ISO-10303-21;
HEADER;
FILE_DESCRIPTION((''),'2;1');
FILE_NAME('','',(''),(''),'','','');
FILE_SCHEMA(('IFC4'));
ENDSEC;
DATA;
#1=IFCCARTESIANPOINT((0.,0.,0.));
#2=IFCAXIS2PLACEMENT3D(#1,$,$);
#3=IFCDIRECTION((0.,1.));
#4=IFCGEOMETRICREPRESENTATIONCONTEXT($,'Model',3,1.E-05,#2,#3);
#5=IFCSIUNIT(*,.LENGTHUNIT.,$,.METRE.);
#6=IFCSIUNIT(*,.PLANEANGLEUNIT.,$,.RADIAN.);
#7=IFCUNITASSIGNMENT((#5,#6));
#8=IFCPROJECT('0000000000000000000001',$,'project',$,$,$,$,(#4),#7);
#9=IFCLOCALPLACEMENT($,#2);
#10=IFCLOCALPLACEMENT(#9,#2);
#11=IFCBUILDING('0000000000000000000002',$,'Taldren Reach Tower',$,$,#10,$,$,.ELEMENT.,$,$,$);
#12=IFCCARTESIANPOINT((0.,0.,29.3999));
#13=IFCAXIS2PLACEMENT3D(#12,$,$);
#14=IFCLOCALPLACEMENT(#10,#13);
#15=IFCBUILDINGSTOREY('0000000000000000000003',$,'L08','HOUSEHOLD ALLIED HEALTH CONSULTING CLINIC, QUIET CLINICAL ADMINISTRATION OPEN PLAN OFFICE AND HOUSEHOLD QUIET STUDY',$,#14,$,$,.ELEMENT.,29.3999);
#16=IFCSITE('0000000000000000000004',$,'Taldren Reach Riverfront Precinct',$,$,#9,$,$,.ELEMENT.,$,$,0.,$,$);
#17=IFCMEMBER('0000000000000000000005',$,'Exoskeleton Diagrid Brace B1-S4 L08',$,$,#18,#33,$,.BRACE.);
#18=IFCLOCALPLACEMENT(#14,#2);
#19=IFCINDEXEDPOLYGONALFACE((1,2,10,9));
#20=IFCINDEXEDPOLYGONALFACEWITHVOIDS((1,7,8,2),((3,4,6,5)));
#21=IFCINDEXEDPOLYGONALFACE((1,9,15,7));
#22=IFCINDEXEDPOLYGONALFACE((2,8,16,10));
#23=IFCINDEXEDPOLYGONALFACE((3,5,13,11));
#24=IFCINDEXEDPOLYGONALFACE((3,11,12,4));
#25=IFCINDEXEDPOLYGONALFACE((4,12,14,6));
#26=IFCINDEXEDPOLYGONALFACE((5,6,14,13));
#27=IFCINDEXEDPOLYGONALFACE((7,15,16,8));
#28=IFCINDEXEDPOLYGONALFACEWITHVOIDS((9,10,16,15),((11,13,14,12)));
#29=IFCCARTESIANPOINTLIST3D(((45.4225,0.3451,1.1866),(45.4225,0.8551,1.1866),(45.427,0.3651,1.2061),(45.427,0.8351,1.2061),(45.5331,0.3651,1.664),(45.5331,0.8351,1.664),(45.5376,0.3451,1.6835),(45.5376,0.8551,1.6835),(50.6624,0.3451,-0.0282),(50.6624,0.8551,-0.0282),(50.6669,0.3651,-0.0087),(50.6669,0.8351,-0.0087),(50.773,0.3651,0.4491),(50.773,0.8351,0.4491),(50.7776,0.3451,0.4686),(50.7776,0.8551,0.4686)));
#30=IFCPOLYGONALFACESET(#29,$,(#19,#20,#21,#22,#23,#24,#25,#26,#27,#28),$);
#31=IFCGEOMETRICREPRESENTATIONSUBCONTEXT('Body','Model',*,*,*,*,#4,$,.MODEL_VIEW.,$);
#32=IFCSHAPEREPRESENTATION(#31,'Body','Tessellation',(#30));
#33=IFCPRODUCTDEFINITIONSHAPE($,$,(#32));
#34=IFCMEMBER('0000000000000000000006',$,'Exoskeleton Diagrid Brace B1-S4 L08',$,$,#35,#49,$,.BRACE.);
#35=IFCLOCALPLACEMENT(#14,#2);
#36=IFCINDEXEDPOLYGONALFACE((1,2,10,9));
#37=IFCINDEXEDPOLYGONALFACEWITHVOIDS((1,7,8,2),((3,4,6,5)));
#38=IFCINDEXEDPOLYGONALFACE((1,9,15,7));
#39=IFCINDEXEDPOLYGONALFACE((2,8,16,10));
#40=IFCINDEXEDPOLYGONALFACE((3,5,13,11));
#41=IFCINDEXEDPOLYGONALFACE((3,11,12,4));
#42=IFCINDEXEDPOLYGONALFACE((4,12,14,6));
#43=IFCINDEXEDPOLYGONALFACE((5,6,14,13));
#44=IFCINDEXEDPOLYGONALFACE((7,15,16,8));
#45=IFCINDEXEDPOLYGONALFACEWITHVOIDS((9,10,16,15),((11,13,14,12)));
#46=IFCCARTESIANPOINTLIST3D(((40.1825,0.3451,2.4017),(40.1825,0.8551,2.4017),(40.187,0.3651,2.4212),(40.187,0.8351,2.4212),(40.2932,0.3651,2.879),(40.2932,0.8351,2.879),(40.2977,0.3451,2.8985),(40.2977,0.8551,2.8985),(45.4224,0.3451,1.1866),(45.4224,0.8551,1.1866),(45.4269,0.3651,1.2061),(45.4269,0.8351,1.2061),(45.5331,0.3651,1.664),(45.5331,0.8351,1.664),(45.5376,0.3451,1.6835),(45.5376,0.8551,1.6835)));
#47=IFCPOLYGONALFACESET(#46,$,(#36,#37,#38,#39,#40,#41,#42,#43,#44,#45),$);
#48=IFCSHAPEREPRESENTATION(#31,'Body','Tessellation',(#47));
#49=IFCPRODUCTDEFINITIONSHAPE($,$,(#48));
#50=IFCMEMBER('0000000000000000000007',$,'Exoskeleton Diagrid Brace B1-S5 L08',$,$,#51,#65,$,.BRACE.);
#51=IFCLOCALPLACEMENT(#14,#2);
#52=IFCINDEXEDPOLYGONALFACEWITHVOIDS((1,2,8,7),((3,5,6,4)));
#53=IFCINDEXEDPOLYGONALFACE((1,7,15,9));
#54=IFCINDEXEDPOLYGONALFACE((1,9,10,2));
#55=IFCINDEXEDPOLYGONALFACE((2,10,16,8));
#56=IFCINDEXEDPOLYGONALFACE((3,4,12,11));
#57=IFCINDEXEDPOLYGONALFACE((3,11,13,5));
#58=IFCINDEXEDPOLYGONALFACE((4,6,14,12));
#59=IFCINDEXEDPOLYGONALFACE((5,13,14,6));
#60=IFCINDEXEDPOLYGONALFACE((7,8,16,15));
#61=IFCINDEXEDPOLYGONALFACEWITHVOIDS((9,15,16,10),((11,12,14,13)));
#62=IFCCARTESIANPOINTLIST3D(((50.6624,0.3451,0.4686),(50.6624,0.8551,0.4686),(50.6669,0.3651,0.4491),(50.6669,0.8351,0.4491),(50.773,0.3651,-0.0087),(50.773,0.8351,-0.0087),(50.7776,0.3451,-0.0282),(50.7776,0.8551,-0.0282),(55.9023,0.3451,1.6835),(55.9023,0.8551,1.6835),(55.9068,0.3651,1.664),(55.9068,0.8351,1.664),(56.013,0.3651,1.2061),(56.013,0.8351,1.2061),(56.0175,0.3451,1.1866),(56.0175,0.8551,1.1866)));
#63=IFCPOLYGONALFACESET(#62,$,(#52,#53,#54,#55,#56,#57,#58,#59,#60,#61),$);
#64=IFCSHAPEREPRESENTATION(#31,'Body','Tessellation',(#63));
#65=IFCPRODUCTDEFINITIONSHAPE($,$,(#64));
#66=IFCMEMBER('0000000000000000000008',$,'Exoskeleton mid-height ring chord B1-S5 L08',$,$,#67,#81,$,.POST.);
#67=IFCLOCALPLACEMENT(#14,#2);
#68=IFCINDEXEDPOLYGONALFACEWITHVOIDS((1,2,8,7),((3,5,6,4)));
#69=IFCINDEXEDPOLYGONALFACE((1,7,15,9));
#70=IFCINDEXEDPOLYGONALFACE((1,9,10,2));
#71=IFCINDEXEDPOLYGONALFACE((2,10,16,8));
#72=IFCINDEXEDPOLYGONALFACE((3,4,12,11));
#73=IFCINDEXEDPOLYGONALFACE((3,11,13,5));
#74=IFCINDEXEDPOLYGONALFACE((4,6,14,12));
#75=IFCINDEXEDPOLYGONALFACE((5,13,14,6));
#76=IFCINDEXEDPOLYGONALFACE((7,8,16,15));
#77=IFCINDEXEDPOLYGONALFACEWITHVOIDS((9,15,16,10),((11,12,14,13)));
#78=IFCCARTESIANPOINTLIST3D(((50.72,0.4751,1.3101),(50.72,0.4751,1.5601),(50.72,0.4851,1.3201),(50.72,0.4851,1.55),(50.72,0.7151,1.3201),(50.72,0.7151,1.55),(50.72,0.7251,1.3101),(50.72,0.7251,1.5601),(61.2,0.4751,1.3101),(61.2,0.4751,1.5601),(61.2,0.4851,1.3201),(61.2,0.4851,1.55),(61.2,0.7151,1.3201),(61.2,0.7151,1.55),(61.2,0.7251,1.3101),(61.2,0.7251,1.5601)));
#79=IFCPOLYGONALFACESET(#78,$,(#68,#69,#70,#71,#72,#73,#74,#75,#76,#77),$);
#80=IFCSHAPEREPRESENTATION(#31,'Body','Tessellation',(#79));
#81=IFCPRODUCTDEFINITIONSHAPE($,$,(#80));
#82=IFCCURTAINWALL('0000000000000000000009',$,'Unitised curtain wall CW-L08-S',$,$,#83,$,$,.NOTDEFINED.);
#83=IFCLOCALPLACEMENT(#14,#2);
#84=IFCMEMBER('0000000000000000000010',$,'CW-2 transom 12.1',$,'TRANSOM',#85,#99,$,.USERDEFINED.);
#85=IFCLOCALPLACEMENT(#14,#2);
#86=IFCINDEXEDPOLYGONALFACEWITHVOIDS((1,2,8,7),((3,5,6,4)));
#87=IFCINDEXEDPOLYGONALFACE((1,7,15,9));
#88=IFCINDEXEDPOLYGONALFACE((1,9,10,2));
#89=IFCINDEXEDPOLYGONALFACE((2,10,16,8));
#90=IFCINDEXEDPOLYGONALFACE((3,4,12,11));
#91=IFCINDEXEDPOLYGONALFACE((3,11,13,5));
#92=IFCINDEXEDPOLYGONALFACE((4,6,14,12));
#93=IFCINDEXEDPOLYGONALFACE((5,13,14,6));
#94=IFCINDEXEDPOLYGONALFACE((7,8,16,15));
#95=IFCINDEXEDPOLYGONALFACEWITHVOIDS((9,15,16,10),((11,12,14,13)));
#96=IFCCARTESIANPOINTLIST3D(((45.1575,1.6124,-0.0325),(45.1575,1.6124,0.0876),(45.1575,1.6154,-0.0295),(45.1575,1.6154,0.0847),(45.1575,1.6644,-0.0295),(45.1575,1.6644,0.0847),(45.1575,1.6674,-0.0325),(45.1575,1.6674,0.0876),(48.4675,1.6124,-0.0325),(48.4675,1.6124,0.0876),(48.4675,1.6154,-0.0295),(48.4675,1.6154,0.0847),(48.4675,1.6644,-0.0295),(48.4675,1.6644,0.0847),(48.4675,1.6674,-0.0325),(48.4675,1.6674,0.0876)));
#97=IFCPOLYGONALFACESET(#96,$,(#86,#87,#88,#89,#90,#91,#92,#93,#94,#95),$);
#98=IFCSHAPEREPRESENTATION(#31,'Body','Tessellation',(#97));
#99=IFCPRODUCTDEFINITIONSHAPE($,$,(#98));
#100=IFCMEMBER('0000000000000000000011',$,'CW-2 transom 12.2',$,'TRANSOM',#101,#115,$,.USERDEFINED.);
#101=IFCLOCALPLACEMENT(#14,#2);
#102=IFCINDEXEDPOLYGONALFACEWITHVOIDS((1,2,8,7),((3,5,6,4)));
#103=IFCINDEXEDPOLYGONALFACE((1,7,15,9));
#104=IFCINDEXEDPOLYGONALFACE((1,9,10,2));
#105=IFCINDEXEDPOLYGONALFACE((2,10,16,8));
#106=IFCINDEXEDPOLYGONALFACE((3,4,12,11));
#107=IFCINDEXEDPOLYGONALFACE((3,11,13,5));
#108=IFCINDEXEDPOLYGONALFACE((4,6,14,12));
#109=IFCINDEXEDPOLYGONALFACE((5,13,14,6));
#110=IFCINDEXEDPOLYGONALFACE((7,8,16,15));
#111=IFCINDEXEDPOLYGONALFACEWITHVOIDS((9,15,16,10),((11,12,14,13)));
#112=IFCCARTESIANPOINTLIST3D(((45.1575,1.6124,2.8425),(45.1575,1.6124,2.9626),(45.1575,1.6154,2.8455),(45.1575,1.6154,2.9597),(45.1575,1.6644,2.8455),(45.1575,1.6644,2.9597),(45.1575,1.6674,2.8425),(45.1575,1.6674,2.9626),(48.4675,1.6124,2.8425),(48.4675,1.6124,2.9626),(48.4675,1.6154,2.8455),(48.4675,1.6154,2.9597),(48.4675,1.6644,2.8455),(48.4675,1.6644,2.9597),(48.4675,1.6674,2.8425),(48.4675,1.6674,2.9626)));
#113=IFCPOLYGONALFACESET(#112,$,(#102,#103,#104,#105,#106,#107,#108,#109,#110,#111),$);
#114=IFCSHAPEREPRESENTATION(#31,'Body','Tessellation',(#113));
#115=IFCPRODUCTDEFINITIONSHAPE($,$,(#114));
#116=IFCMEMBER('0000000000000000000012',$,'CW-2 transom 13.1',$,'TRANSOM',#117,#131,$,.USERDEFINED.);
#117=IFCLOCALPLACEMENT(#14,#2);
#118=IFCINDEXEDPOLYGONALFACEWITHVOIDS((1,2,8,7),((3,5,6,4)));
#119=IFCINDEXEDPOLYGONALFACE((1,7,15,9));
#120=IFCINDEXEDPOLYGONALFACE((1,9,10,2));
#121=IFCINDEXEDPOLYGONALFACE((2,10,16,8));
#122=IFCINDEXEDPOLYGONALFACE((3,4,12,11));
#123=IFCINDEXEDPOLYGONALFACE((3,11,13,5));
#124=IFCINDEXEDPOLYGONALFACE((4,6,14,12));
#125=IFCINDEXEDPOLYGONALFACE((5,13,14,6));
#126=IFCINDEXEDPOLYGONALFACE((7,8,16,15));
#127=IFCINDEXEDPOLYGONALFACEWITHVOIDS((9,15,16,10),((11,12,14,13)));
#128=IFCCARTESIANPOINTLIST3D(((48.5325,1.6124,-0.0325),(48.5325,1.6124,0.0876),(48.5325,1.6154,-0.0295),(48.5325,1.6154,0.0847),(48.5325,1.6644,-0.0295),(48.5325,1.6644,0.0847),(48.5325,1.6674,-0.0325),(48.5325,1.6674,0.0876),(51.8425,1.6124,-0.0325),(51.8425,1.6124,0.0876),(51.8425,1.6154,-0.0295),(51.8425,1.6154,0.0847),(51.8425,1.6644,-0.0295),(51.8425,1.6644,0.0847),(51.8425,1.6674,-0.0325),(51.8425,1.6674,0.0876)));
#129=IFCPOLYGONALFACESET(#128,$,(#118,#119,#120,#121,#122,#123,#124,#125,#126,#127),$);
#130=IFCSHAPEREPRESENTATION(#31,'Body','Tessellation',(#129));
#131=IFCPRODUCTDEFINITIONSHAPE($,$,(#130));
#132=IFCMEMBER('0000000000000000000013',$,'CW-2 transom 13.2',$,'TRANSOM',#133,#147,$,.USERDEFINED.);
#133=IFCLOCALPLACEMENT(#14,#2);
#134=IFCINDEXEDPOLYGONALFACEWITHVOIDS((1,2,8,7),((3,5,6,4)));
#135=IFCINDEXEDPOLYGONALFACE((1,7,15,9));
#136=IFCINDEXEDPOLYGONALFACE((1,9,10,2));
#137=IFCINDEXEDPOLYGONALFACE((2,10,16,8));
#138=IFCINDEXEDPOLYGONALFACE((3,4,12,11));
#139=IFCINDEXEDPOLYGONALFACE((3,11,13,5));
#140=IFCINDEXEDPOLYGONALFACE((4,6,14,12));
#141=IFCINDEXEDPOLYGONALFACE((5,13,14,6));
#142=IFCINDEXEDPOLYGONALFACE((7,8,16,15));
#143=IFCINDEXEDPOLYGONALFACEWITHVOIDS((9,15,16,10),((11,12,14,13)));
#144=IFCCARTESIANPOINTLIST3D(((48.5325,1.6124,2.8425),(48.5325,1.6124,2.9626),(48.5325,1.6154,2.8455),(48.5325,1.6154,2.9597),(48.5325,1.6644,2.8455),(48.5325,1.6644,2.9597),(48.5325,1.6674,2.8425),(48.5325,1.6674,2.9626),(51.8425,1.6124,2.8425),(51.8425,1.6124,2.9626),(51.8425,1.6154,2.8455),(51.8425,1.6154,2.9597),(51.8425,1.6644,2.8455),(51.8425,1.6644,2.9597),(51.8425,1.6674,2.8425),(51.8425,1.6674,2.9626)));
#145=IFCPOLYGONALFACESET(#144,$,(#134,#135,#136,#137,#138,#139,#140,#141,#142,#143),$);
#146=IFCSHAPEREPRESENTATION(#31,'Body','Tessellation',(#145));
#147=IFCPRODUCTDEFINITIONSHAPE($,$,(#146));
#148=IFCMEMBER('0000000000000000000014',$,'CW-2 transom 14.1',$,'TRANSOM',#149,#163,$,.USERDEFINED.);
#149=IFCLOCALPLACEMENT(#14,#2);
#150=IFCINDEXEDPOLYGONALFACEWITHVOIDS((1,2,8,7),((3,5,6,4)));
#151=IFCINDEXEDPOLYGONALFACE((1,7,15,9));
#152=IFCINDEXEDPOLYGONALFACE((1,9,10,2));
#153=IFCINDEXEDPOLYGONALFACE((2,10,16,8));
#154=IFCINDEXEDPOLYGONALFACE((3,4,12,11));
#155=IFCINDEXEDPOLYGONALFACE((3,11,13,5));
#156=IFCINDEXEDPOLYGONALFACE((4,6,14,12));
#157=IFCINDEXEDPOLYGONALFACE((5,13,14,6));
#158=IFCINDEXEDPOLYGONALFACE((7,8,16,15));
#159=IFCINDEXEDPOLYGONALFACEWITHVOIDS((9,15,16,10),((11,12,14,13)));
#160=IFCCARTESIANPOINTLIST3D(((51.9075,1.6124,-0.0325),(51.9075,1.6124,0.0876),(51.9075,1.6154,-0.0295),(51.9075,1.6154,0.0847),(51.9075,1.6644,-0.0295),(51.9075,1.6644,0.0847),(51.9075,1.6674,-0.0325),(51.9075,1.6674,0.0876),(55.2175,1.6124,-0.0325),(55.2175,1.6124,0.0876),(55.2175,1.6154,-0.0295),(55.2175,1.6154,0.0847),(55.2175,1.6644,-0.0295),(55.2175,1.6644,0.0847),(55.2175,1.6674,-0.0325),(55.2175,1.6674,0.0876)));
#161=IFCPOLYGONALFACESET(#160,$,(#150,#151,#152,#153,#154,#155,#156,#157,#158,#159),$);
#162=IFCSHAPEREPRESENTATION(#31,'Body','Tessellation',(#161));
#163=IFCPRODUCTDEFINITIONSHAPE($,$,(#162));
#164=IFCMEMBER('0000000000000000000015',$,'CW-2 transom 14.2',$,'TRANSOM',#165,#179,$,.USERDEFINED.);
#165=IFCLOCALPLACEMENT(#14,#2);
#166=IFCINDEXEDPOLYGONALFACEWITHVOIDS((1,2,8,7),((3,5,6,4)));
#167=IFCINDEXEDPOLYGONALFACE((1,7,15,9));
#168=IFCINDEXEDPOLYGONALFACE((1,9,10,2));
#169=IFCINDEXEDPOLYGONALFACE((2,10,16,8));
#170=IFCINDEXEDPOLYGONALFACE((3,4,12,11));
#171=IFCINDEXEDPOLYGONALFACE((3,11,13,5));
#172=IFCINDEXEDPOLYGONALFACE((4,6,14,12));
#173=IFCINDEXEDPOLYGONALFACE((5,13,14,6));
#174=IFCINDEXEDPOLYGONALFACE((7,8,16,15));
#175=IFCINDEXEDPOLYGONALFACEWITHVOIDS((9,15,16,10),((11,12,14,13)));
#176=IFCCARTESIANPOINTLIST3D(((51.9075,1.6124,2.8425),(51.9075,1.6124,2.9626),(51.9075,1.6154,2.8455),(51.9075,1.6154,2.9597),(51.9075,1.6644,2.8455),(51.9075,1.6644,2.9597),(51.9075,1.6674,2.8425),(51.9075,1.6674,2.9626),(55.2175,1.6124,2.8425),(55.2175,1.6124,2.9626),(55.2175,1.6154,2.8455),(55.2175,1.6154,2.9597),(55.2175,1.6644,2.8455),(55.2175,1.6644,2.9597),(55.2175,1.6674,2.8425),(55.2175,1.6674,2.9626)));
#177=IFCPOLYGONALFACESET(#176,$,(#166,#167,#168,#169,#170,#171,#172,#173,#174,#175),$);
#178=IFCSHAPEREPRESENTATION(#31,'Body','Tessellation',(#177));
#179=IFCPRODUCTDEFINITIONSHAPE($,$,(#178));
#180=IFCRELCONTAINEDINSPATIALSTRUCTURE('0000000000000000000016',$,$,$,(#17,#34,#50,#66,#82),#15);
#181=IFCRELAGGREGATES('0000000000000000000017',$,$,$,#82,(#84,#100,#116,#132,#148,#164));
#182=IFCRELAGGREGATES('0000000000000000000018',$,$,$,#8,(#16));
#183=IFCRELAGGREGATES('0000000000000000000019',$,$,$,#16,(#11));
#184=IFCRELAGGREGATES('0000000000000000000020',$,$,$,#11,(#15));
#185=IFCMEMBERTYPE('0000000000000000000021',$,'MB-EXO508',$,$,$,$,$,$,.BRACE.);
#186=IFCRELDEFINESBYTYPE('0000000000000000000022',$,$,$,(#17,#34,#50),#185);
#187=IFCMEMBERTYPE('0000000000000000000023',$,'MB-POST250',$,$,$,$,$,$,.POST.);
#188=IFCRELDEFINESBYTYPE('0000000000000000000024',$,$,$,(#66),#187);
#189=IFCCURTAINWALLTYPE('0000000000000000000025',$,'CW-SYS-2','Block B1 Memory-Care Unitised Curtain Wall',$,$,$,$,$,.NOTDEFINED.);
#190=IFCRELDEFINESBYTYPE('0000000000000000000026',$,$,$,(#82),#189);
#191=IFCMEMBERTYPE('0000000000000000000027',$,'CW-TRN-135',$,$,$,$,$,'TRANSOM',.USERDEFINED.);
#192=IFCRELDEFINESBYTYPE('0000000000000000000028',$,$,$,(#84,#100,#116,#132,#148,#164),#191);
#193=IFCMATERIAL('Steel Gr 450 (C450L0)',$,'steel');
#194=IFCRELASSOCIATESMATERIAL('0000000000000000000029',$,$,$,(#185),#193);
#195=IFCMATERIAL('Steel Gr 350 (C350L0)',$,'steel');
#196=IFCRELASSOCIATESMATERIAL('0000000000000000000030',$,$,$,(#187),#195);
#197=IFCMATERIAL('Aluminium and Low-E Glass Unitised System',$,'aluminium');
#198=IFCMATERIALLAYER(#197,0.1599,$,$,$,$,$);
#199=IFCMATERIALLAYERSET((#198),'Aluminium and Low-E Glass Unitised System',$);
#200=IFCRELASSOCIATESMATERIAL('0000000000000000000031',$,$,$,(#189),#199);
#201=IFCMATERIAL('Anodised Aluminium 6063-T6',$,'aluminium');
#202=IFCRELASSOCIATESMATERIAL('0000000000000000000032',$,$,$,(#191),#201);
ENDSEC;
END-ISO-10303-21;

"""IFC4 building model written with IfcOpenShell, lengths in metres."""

from ifc_helpers import new_model, si_unit, direction, frame, origin, origin_2d, place, context, subcontext, project, spatial, hollow_rectangle, extrude, source, transform, mapped, material, layer, layer_set, material_profile, profile_set, type_object, element, aggregate, save


model = new_model("IFC4")

# Units and contexts
model_context = context("Model", 3, precision=1e-05, world=origin(), true_north=direction((0.0, 1.0)))
body_context = subcontext(model_context, "Body", "Model", "MODEL_VIEW")
ifc_project = project(units=[si_unit("LENGTHUNIT", "METRE"), si_unit("PLANEANGLEUNIT", "RADIAN")], contexts=[model_context])

# Site, building, storey
site_placement = place(None, origin())
site = spatial("IfcSite", under=ifc_project, at=site_placement, Name="Taldren Reach Riverfront Precinct", CompositionType="ELEMENT", RefElevation=0.0)
building_placement = place(site_placement, origin())
building = spatial("IfcBuilding", under=site, at=building_placement, Name="Taldren Reach Tower", CompositionType="ELEMENT")
storey_placement = place(building_placement, frame((0.0, 0.0, 29.3999)))
storey = spatial("IfcBuildingStorey", under=building, at=storey_placement, Name="L08", Description="HOUSEHOLD ALLIED HEALTH CONSULTING CLINIC, QUIET CLINICAL ADMINISTRATION OPEN PLAN OFFICE AND HOUSEHOLD QUIET STUDY", CompositionType="ELEMENT", Elevation=29.3999)

# Members
ifc_material_1 = material(Name="Steel Gr 450 (C450L0)", Category="steel")
ifc_material_profile_1 = material_profile(ifc_material_1, hollow_rectangle(XDim=0.51, YDim=0.51, WallThickness=0.02, at=origin_2d()), Name="510x510x20.0SHS")
ifc_profile_set_1 = profile_set([ifc_material_profile_1], Name="Steel Gr 450 (C450L0)")
member_type_1 = type_object("IfcMemberType", Name="MB-EXO508", PredefinedType="BRACE", material=ifc_profile_set_1)
shared_shape_1 = source(origin(), body_context, "Body", "SweptSolid", [
    extrude(hollow_rectangle(XDim=0.51, YDim=0.51, WallThickness=0.02, at=origin_2d()), origin(), (0.0, 0.0, 1.0), 5.3789),
])
for number, where, z_axis, x_axis, name in (
    (1, (50.72, 0.6001, 0.2202), (-0.974162, 0.0, 0.225851), (0.0, -1.0, 0.0), "Exoskeleton Diagrid Brace B1-S4 L08"),
    (2, (45.48, 0.6001, 1.4351), (-0.974152, 0.0, 0.225894), (0.0, -1.0, 0.0), "Exoskeleton Diagrid Brace B1-S4 L08"),
    (3, (50.72, 0.6001, 0.2202), (0.974162, 0.0, 0.225851), (0.0, 1.0, 0.0), "Exoskeleton Diagrid Brace B1-S5 L08"),
):
    element("IfcMember", number, at=place(storey_placement, frame(where, z_axis=z_axis, x_axis=x_axis)), inside=storey, type_object=member_type_1, Name=name, PredefinedType="BRACE", context=body_context, shape_type="MappedRepresentation", body=[
        mapped(shared_shape_1, transform((0.0, 0.0, 0.0), scale=1.0)),
    ])
ifc_material_2 = material(Name="Steel Gr 350 (C350L0)", Category="steel")
ifc_material_profile_2 = material_profile(ifc_material_2, hollow_rectangle(XDim=0.25, YDim=0.25, WallThickness=0.01, at=origin_2d()), Name="250x250x10.0SHS")
ifc_profile_set_2 = profile_set([ifc_material_profile_2], Name="Steel Gr 350 (C350L0)")
member_type_2 = type_object("IfcMemberType", Name="MB-POST250", PredefinedType="POST", material=ifc_profile_set_2)
shared_shape_2 = source(origin(), body_context, "Body", "SweptSolid", [
    extrude(hollow_rectangle(XDim=0.25, YDim=0.25, WallThickness=0.01, at=origin_2d()), origin(), (0.0, 0.0, 1.0), 10.48),
])
member_1_placement = place(storey_placement, frame((50.72, 0.6001, 1.4351), z_axis=(1.0, 0.0, 0.0), x_axis=(0.0, 1.0, 0.0)))
element("IfcMember", 4, at=member_1_placement, inside=storey, type_object=member_type_2, Name="Exoskeleton mid-height ring chord B1-S5 L08", PredefinedType="POST", context=body_context, shape_type="MappedRepresentation", body=[
    mapped(shared_shape_2, transform((0.0, 0.0, 0.0), scale=1.0)),
])

# Curtain wall, members
ifc_material_3 = material(Name="Aluminium and Low-E Glass Unitised System", Category="aluminium")
ifc_layer_1 = layer(ifc_material_3, 0.1599)
ifc_layer_set_1 = layer_set([ifc_layer_1], Name="Aluminium and Low-E Glass Unitised System")
curtain_wall_type = type_object("IfcCurtainWallType", Name="CW-SYS-2", Description="Block B1 Memory-Care Unitised Curtain Wall", PredefinedType="NOTDEFINED", material=ifc_layer_set_1)
curtain_wall_placement = place(storey_placement, origin())
curtain_wall = element("IfcCurtainWall", 5, at=curtain_wall_placement, inside=storey, type_object=curtain_wall_type, Name="Unitised curtain wall CW-L08-S", PredefinedType="NOTDEFINED")
ifc_material_4 = material(Name="Anodised Aluminium 6063-T6", Category="aluminium")
ifc_material_profile_3 = material_profile(ifc_material_4, hollow_rectangle(XDim=0.0549, YDim=0.1201, WallThickness=0.0029, at=origin_2d()), Name="ALU-120x55x3RHS")
ifc_profile_set_3 = profile_set([ifc_material_profile_3], Name="Anodised Aluminium 6063-T6")
member_type_3 = type_object("IfcMemberType", Name="CW-TRN-135", ElementType="TRANSOM", PredefinedType="USERDEFINED", material=ifc_profile_set_3)
shared_shape_3 = source(origin(), body_context, "Body", "SweptSolid", [
    extrude(hollow_rectangle(XDim=0.0549, YDim=0.1201, WallThickness=0.0029, at=origin_2d()), origin(), (0.0, 0.0, 1.0), 3.3101),
])
member_2_placement = place(storey_placement, frame((45.1575, 1.6399, 0.0276), z_axis=(1.0, 0.0, 0.0), x_axis=(0.0, 1.0, 0.0)))
member_2 = element("IfcMember", 6, at=member_2_placement, type_object=member_type_3, Name="CW-2 transom 12.1", ObjectType="TRANSOM", PredefinedType="USERDEFINED", context=body_context, shape_type="MappedRepresentation", body=[
    mapped(shared_shape_3, transform((0.0, 0.0, 0.0), scale=1.0)),
])
member_3_placement = place(storey_placement, frame((45.1575, 1.6399, 2.9026), z_axis=(1.0, 0.0, 0.0), x_axis=(0.0, 1.0, 0.0)))
member_3 = element("IfcMember", 7, at=member_3_placement, type_object=member_type_3, Name="CW-2 transom 12.2", ObjectType="TRANSOM", PredefinedType="USERDEFINED", context=body_context, shape_type="MappedRepresentation", body=[
    mapped(shared_shape_3, transform((0.0, 0.0, 0.0), scale=1.0)),
])
member_4_placement = place(storey_placement, frame((48.5325, 1.6399, 0.0276), z_axis=(1.0, 0.0, 0.0), x_axis=(0.0, 1.0, 0.0)))
member_4 = element("IfcMember", 8, at=member_4_placement, type_object=member_type_3, Name="CW-2 transom 13.1", ObjectType="TRANSOM", PredefinedType="USERDEFINED", context=body_context, shape_type="MappedRepresentation", body=[
    mapped(shared_shape_3, transform((0.0, 0.0, 0.0), scale=1.0)),
])
member_5_placement = place(storey_placement, frame((48.5325, 1.6399, 2.9026), z_axis=(1.0, 0.0, 0.0), x_axis=(0.0, 1.0, 0.0)))
member_5 = element("IfcMember", 9, at=member_5_placement, type_object=member_type_3, Name="CW-2 transom 13.2", ObjectType="TRANSOM", PredefinedType="USERDEFINED", context=body_context, shape_type="MappedRepresentation", body=[
    mapped(shared_shape_3, transform((0.0, 0.0, 0.0), scale=1.0)),
])
member_6_placement = place(storey_placement, frame((51.9075, 1.6399, 0.0276), z_axis=(1.0, 0.0, 0.0), x_axis=(0.0, 1.0, 0.0)))
member_6 = element("IfcMember", 10, at=member_6_placement, type_object=member_type_3, Name="CW-2 transom 14.1", ObjectType="TRANSOM", PredefinedType="USERDEFINED", context=body_context, shape_type="MappedRepresentation", body=[
    mapped(shared_shape_3, transform((0.0, 0.0, 0.0), scale=1.0)),
])
member_7_placement = place(storey_placement, frame((51.9075, 1.6399, 2.9026), z_axis=(1.0, 0.0, 0.0), x_axis=(0.0, 1.0, 0.0)))
member_7 = element("IfcMember", 11, at=member_7_placement, type_object=member_type_3, Name="CW-2 transom 14.2", ObjectType="TRANSOM", PredefinedType="USERDEFINED", context=body_context, shape_type="MappedRepresentation", body=[
    mapped(shared_shape_3, transform((0.0, 0.0, 0.0), scale=1.0)),
])

aggregate(curtain_wall, [member_2, member_3, member_4, member_5, member_6, member_7])

save(model, "model.ifc")
